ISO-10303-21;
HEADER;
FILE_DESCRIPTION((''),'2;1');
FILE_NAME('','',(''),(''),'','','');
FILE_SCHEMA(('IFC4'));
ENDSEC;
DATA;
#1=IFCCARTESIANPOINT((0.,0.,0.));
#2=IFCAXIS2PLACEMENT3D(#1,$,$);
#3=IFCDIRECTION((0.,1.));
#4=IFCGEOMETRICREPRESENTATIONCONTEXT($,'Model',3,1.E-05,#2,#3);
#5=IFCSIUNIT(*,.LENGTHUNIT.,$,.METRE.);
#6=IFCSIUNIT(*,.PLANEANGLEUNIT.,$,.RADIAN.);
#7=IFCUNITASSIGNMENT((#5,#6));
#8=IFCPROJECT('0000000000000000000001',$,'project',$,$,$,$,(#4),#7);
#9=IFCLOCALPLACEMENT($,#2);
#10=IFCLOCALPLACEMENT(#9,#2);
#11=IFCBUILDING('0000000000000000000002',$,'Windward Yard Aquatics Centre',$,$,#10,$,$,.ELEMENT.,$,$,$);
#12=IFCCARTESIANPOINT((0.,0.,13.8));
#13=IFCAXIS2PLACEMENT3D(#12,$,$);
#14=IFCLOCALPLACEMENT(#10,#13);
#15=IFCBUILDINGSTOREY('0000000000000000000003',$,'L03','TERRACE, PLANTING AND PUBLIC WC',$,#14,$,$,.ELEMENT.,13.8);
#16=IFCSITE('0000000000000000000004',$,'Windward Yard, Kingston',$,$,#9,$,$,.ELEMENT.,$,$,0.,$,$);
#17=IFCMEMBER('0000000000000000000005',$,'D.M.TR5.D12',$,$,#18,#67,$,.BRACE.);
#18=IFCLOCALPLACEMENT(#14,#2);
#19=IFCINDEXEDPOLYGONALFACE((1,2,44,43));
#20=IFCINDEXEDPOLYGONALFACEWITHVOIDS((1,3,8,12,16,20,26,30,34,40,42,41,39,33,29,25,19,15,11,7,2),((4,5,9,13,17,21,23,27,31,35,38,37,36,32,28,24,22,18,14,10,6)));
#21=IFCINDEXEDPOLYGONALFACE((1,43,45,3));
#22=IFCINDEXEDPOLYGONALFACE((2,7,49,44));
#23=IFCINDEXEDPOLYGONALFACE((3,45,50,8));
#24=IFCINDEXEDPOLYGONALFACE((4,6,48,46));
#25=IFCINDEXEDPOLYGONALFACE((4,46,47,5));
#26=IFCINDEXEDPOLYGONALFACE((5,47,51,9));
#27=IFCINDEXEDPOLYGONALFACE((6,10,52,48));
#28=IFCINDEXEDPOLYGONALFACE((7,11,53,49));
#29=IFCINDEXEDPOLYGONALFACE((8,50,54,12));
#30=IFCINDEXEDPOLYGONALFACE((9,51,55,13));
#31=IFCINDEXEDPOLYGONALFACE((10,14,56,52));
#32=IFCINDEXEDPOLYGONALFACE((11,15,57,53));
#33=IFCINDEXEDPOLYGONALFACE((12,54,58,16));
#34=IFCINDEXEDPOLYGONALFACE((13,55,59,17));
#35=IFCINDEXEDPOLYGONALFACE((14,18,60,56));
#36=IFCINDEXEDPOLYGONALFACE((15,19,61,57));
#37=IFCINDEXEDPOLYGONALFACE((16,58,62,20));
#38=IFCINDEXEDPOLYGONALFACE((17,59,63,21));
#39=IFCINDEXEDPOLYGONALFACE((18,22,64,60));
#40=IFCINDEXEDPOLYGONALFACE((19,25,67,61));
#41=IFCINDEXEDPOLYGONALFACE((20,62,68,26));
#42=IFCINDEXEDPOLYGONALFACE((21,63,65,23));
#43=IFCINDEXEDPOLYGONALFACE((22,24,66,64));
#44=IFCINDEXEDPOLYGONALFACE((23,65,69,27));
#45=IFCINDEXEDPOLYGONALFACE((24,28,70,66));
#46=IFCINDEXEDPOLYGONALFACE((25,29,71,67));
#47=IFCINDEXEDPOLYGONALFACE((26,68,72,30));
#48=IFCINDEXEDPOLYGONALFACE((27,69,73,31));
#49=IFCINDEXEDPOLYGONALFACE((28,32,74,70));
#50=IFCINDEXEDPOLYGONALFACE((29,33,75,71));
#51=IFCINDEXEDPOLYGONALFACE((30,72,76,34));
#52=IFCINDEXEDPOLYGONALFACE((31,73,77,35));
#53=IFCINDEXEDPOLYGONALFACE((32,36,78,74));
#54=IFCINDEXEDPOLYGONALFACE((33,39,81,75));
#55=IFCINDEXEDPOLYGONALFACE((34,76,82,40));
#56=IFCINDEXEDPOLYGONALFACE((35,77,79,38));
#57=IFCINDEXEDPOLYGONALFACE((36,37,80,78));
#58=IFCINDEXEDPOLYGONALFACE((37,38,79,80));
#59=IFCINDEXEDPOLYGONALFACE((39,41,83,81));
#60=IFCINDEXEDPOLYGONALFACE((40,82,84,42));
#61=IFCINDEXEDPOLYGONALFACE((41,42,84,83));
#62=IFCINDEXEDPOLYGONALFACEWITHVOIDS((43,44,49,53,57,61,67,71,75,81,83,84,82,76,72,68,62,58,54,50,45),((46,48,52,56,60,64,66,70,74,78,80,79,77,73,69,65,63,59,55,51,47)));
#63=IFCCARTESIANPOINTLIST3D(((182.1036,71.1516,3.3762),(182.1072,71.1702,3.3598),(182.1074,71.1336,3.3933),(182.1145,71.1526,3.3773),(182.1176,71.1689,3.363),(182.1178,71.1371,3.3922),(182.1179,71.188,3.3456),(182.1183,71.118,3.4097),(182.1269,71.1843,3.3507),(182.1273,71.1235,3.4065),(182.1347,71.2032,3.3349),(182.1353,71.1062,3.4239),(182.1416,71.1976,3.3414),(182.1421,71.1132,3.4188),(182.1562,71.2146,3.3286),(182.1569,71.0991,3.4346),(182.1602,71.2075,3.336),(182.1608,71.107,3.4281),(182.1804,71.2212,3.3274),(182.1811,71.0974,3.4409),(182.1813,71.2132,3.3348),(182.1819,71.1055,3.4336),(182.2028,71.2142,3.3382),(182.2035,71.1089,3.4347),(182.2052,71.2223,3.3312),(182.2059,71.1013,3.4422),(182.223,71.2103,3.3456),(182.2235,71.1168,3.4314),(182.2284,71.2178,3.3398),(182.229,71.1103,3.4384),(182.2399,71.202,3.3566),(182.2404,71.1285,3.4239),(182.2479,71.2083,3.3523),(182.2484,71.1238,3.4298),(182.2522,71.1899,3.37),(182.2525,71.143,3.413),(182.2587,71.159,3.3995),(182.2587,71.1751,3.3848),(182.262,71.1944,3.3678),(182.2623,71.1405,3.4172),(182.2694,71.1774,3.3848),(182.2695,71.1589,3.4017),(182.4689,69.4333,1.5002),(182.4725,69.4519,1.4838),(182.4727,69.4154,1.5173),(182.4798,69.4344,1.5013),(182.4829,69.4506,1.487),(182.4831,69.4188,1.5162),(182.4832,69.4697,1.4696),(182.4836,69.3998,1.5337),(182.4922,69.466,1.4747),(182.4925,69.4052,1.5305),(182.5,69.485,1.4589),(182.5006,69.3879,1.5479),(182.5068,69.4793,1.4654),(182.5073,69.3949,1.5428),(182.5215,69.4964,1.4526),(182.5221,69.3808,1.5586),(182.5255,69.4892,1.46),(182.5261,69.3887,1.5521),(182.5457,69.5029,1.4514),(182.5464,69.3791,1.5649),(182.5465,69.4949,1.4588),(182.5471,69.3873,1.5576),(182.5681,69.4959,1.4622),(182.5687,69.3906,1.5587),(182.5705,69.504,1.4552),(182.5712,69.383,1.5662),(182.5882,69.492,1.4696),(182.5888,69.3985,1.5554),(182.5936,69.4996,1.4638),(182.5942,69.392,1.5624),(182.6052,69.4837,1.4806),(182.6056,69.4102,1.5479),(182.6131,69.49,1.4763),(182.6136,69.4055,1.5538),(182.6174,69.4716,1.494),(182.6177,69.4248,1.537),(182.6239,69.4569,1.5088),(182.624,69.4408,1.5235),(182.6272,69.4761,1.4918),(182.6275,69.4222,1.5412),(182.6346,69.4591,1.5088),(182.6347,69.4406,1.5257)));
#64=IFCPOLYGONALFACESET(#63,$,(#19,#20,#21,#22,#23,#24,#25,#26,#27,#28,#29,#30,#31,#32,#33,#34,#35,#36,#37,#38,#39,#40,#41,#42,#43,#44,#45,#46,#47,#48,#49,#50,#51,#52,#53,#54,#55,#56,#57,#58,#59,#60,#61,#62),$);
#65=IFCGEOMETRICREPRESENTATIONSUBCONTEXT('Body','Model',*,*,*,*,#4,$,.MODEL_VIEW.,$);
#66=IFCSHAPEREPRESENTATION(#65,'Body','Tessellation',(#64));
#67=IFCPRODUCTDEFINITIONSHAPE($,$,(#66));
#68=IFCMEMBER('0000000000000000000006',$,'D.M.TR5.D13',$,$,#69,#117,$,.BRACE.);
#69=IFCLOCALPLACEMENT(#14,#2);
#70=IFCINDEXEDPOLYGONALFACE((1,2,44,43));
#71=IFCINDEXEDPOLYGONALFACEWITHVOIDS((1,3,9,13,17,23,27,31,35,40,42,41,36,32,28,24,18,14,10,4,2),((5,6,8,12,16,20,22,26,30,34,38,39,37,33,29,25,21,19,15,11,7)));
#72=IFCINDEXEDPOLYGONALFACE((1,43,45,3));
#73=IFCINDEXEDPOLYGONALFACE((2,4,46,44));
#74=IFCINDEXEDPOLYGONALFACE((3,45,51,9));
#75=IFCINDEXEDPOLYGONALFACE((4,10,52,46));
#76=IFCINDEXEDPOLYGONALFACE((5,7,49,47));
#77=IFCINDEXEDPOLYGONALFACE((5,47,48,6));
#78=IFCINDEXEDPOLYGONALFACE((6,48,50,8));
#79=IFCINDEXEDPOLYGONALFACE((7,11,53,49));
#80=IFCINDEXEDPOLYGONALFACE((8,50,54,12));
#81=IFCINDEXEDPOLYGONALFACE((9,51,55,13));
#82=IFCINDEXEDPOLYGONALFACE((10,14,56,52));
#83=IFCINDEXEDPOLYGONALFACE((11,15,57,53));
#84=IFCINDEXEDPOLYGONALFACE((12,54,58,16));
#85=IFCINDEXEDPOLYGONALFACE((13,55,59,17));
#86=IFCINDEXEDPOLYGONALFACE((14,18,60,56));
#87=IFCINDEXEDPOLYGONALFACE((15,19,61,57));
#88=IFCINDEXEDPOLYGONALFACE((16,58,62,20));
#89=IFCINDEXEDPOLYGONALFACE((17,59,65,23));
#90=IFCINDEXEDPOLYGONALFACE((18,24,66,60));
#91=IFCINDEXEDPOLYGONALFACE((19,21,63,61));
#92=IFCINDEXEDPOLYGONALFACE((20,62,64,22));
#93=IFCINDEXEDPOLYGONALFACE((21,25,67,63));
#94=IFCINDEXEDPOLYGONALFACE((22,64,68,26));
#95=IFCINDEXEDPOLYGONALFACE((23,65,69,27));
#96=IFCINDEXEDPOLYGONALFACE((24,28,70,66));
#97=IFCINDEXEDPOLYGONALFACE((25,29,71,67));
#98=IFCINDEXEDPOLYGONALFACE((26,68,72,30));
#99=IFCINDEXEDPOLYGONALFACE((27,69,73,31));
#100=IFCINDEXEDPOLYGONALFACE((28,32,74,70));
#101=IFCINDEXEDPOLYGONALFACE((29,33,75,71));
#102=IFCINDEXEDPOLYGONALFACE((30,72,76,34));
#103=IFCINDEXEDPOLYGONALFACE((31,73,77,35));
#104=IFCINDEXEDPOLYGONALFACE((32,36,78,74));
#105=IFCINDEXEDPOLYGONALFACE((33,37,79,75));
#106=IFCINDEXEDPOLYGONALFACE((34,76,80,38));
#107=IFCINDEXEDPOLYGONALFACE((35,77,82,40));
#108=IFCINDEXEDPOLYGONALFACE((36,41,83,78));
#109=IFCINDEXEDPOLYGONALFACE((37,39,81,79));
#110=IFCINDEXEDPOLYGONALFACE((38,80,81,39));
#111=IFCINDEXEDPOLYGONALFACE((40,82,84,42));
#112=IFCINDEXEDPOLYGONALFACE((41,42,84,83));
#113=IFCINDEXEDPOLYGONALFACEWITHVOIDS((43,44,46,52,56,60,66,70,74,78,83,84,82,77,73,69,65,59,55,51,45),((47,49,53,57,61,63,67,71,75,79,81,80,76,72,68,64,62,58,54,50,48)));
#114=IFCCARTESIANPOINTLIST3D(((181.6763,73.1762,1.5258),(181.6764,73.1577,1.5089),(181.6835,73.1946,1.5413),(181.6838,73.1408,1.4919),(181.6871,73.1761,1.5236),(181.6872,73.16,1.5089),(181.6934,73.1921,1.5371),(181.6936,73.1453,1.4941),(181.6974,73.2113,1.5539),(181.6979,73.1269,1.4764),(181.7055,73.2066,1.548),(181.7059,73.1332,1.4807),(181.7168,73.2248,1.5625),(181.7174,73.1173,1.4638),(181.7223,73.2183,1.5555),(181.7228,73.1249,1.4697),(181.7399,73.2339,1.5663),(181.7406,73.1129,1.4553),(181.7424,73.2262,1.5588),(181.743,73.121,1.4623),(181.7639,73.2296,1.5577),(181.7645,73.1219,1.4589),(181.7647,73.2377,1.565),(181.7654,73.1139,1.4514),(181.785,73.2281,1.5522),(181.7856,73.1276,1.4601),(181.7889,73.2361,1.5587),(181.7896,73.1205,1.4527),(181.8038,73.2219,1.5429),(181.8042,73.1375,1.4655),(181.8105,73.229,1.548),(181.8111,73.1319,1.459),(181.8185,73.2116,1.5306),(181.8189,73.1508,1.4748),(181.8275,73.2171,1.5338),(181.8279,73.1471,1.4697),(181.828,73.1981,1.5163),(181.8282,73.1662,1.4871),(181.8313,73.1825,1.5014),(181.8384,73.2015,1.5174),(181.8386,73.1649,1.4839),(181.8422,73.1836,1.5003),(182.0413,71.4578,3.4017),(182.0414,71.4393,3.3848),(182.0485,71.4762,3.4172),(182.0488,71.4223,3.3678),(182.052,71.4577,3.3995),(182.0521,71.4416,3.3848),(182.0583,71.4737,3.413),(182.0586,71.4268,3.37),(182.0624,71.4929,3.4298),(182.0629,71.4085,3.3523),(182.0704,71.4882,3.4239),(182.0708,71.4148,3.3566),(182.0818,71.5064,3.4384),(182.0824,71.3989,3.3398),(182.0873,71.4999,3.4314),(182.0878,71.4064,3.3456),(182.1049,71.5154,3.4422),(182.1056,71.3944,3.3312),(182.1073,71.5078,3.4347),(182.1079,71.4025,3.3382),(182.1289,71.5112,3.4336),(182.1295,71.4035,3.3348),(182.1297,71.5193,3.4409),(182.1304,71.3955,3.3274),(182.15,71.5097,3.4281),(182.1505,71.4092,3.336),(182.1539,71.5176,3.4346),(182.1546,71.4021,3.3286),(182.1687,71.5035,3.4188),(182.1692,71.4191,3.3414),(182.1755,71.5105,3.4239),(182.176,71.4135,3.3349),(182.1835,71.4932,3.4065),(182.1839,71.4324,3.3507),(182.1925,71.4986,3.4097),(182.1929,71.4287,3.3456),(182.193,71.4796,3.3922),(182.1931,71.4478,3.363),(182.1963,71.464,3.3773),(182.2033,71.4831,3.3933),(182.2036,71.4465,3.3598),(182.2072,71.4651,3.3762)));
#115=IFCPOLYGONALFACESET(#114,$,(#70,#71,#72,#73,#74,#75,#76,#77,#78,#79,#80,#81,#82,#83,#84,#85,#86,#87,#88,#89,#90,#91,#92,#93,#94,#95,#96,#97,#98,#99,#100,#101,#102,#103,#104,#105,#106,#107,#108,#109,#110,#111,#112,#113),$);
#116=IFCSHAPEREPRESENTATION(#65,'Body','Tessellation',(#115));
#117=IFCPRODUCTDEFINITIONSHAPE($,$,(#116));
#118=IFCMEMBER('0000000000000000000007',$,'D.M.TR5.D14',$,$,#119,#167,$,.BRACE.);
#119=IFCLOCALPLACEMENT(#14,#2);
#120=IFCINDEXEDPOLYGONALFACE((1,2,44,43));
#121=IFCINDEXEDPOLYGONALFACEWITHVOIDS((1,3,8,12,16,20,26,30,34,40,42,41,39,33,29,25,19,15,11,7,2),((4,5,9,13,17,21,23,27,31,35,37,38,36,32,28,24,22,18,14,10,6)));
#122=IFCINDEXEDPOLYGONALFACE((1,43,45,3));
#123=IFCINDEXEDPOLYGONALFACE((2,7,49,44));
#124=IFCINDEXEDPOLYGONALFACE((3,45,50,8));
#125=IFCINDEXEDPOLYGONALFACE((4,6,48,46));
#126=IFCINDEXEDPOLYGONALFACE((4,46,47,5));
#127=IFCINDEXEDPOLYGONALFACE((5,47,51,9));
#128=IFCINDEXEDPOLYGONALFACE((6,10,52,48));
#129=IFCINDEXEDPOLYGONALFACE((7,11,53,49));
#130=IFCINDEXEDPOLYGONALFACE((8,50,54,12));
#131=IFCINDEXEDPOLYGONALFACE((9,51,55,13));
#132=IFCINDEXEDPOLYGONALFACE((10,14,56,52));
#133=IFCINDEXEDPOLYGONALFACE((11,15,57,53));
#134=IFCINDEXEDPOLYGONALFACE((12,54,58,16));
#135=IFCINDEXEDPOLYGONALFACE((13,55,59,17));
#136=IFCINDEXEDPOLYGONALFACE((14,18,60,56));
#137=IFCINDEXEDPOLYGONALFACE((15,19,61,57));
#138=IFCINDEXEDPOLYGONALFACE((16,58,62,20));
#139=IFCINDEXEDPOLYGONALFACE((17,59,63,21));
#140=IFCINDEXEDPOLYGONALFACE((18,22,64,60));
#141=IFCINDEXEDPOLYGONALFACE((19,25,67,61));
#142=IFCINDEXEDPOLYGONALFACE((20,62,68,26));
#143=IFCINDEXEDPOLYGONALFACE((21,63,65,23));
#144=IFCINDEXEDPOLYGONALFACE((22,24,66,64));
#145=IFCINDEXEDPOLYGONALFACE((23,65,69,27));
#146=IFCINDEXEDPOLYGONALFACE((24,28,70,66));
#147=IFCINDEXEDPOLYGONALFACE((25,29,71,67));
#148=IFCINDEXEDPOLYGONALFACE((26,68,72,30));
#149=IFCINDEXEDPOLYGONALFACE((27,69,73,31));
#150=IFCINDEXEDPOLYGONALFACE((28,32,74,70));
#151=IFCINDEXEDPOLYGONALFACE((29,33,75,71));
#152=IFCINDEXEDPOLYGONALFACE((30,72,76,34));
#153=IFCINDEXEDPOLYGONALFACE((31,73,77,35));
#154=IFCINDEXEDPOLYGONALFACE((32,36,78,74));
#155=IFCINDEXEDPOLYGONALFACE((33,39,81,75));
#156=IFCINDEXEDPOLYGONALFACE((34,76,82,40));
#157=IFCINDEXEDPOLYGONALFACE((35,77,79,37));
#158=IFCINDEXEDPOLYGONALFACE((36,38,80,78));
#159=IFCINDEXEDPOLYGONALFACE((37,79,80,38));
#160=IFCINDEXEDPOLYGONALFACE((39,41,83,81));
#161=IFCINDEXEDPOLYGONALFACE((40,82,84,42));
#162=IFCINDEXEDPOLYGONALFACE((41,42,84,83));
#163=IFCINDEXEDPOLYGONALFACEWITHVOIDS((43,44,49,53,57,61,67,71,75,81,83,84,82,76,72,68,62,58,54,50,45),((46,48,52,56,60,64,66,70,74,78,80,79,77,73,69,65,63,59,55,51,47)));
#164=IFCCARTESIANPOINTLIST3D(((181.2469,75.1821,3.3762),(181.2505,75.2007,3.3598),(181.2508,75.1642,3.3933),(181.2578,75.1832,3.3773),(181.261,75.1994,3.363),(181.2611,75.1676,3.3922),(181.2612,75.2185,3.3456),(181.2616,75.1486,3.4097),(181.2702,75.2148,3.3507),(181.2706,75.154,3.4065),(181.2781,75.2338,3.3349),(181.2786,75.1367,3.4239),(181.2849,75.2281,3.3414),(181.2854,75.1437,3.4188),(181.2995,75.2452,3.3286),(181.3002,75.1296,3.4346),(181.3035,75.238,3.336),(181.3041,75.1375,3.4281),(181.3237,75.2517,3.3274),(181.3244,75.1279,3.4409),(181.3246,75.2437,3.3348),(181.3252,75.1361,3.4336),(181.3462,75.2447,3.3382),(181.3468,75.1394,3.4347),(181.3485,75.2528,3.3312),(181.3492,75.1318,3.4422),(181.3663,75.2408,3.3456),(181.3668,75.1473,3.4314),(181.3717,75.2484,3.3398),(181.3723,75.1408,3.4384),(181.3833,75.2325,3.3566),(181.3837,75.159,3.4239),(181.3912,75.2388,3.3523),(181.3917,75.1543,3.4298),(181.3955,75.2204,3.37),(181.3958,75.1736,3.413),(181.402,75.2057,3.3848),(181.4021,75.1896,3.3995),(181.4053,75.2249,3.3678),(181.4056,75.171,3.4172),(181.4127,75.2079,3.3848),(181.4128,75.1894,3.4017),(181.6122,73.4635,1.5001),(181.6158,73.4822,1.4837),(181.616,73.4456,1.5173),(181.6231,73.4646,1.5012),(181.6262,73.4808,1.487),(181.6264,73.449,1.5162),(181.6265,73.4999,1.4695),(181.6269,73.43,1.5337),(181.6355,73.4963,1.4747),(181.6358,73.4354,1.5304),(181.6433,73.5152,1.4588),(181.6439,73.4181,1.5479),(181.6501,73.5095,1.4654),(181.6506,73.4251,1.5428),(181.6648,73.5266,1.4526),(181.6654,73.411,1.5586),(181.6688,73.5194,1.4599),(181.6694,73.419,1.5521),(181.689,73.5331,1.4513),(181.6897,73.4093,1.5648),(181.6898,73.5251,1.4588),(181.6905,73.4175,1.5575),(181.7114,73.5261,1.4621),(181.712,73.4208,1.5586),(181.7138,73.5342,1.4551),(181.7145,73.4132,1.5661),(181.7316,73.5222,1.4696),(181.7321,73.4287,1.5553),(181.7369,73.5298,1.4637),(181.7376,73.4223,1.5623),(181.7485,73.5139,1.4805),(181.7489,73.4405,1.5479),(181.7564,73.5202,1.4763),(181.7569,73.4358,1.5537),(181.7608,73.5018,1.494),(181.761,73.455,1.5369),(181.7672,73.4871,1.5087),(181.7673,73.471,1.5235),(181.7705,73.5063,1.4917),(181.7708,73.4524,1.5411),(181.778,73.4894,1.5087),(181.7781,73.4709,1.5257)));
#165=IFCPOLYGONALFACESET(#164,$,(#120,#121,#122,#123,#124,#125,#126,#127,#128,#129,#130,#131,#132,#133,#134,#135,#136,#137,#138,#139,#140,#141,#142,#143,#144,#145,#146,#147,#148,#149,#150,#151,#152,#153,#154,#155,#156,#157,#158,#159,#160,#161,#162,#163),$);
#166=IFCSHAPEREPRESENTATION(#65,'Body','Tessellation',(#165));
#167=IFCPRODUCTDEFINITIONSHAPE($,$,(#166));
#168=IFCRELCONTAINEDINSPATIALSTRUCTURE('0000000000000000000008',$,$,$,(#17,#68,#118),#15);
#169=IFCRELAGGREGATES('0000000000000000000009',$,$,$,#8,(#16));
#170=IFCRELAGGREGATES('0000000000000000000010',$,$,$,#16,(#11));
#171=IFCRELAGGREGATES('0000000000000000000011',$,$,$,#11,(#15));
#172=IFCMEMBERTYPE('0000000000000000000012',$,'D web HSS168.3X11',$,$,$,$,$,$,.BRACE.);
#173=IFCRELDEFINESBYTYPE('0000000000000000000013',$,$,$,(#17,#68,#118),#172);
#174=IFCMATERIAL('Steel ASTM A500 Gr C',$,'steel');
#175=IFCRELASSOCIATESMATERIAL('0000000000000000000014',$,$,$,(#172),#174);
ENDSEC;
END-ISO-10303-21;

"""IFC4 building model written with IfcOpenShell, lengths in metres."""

from ifc_helpers import new_model, si_unit, direction, frame, origin, origin_2d, place, context, subcontext, project, spatial, hollow_circle, extrude, material, material_profile, profile_set, type_object, element, save


model = new_model("IFC4")

# Units and contexts
model_context = context("Model", 3, precision=1e-05, world=origin(), true_north=direction((0.0, 1.0)))
body_context = subcontext(model_context, "Body", "Model", "MODEL_VIEW")
ifc_project = project(units=[si_unit("LENGTHUNIT", "METRE"), si_unit("PLANEANGLEUNIT", "RADIAN")], contexts=[model_context])

# Site, building, storey
site_placement = place(None, origin())
site = spatial("IfcSite", under=ifc_project, at=site_placement, Name="Windward Yard, Kingston", CompositionType="ELEMENT", RefElevation=0.0)
building_placement = place(site_placement, origin())
building = spatial("IfcBuilding", under=site, at=building_placement, Name="Windward Yard Aquatics Centre", CompositionType="ELEMENT")
storey_placement = place(building_placement, frame((0.0, 0.0, 13.8)))
storey = spatial("IfcBuildingStorey", under=building, at=storey_placement, Name="L03", Description="TERRACE, PLANTING AND PUBLIC WC", CompositionType="ELEMENT", Elevation=13.8)

# Members
ifc_material_1 = material(Name="Steel ASTM A500 Gr C", Category="steel")
ifc_material_profile_1 = material_profile(ifc_material_1, hollow_circle(Radius=0.0842, WallThickness=0.011, at=origin_2d()), Name="HSS168.3X11")
ifc_profile_set_1 = profile_set([ifc_material_profile_1], Name="Steel ASTM A500 Gr C")
member_type_1 = type_object("IfcMemberType", Name="D web HSS168.3X11", PredefinedType="BRACE", material=ifc_profile_set_1)
for number, where, z_axis, x_axis, name in (
    (1, (182.187, 71.1599, 3.3848), (0.142112, -0.668574, -0.729941), (0.978147, 0.207915, 0.0), "D.M.TR5.D12"),
    (2, (182.1238, 71.4568, 3.3848), (-0.14201, 0.668635, -0.729904), (-0.978181, -0.207754, 0.0), "D.M.TR5.D13"),
):
    element("IfcMember", number, at=place(storey_placement, frame(where, z_axis=z_axis, x_axis=x_axis)), inside=storey, type_object=member_type_1, Name=name, PredefinedType="BRACE", context=body_context, shape_type="SweptSolid", body=[
        extrude(hollow_circle(Radius=0.0842, WallThickness=0.011, at=origin_2d()), origin(), (0.0, 0.0, 1.0), 2.5701),
    ])
member_1_placement = place(storey_placement, frame((181.3303, 75.1904, 3.3848), z_axis=(0.142103, -0.668626, -0.729894), x_axis=(0.978153, 0.207887, 0.0)))
element("IfcMember", 3, at=member_1_placement, inside=storey, type_object=member_type_1, Name="D.M.TR5.D14", PredefinedType="BRACE", context=body_context, shape_type="SweptSolid", body=[
    extrude(hollow_circle(Radius=0.0842, WallThickness=0.011, at=origin_2d()), origin(), (0.0, 0.0, 1.0), 2.5703),
])

save(model, "model.ifc")
